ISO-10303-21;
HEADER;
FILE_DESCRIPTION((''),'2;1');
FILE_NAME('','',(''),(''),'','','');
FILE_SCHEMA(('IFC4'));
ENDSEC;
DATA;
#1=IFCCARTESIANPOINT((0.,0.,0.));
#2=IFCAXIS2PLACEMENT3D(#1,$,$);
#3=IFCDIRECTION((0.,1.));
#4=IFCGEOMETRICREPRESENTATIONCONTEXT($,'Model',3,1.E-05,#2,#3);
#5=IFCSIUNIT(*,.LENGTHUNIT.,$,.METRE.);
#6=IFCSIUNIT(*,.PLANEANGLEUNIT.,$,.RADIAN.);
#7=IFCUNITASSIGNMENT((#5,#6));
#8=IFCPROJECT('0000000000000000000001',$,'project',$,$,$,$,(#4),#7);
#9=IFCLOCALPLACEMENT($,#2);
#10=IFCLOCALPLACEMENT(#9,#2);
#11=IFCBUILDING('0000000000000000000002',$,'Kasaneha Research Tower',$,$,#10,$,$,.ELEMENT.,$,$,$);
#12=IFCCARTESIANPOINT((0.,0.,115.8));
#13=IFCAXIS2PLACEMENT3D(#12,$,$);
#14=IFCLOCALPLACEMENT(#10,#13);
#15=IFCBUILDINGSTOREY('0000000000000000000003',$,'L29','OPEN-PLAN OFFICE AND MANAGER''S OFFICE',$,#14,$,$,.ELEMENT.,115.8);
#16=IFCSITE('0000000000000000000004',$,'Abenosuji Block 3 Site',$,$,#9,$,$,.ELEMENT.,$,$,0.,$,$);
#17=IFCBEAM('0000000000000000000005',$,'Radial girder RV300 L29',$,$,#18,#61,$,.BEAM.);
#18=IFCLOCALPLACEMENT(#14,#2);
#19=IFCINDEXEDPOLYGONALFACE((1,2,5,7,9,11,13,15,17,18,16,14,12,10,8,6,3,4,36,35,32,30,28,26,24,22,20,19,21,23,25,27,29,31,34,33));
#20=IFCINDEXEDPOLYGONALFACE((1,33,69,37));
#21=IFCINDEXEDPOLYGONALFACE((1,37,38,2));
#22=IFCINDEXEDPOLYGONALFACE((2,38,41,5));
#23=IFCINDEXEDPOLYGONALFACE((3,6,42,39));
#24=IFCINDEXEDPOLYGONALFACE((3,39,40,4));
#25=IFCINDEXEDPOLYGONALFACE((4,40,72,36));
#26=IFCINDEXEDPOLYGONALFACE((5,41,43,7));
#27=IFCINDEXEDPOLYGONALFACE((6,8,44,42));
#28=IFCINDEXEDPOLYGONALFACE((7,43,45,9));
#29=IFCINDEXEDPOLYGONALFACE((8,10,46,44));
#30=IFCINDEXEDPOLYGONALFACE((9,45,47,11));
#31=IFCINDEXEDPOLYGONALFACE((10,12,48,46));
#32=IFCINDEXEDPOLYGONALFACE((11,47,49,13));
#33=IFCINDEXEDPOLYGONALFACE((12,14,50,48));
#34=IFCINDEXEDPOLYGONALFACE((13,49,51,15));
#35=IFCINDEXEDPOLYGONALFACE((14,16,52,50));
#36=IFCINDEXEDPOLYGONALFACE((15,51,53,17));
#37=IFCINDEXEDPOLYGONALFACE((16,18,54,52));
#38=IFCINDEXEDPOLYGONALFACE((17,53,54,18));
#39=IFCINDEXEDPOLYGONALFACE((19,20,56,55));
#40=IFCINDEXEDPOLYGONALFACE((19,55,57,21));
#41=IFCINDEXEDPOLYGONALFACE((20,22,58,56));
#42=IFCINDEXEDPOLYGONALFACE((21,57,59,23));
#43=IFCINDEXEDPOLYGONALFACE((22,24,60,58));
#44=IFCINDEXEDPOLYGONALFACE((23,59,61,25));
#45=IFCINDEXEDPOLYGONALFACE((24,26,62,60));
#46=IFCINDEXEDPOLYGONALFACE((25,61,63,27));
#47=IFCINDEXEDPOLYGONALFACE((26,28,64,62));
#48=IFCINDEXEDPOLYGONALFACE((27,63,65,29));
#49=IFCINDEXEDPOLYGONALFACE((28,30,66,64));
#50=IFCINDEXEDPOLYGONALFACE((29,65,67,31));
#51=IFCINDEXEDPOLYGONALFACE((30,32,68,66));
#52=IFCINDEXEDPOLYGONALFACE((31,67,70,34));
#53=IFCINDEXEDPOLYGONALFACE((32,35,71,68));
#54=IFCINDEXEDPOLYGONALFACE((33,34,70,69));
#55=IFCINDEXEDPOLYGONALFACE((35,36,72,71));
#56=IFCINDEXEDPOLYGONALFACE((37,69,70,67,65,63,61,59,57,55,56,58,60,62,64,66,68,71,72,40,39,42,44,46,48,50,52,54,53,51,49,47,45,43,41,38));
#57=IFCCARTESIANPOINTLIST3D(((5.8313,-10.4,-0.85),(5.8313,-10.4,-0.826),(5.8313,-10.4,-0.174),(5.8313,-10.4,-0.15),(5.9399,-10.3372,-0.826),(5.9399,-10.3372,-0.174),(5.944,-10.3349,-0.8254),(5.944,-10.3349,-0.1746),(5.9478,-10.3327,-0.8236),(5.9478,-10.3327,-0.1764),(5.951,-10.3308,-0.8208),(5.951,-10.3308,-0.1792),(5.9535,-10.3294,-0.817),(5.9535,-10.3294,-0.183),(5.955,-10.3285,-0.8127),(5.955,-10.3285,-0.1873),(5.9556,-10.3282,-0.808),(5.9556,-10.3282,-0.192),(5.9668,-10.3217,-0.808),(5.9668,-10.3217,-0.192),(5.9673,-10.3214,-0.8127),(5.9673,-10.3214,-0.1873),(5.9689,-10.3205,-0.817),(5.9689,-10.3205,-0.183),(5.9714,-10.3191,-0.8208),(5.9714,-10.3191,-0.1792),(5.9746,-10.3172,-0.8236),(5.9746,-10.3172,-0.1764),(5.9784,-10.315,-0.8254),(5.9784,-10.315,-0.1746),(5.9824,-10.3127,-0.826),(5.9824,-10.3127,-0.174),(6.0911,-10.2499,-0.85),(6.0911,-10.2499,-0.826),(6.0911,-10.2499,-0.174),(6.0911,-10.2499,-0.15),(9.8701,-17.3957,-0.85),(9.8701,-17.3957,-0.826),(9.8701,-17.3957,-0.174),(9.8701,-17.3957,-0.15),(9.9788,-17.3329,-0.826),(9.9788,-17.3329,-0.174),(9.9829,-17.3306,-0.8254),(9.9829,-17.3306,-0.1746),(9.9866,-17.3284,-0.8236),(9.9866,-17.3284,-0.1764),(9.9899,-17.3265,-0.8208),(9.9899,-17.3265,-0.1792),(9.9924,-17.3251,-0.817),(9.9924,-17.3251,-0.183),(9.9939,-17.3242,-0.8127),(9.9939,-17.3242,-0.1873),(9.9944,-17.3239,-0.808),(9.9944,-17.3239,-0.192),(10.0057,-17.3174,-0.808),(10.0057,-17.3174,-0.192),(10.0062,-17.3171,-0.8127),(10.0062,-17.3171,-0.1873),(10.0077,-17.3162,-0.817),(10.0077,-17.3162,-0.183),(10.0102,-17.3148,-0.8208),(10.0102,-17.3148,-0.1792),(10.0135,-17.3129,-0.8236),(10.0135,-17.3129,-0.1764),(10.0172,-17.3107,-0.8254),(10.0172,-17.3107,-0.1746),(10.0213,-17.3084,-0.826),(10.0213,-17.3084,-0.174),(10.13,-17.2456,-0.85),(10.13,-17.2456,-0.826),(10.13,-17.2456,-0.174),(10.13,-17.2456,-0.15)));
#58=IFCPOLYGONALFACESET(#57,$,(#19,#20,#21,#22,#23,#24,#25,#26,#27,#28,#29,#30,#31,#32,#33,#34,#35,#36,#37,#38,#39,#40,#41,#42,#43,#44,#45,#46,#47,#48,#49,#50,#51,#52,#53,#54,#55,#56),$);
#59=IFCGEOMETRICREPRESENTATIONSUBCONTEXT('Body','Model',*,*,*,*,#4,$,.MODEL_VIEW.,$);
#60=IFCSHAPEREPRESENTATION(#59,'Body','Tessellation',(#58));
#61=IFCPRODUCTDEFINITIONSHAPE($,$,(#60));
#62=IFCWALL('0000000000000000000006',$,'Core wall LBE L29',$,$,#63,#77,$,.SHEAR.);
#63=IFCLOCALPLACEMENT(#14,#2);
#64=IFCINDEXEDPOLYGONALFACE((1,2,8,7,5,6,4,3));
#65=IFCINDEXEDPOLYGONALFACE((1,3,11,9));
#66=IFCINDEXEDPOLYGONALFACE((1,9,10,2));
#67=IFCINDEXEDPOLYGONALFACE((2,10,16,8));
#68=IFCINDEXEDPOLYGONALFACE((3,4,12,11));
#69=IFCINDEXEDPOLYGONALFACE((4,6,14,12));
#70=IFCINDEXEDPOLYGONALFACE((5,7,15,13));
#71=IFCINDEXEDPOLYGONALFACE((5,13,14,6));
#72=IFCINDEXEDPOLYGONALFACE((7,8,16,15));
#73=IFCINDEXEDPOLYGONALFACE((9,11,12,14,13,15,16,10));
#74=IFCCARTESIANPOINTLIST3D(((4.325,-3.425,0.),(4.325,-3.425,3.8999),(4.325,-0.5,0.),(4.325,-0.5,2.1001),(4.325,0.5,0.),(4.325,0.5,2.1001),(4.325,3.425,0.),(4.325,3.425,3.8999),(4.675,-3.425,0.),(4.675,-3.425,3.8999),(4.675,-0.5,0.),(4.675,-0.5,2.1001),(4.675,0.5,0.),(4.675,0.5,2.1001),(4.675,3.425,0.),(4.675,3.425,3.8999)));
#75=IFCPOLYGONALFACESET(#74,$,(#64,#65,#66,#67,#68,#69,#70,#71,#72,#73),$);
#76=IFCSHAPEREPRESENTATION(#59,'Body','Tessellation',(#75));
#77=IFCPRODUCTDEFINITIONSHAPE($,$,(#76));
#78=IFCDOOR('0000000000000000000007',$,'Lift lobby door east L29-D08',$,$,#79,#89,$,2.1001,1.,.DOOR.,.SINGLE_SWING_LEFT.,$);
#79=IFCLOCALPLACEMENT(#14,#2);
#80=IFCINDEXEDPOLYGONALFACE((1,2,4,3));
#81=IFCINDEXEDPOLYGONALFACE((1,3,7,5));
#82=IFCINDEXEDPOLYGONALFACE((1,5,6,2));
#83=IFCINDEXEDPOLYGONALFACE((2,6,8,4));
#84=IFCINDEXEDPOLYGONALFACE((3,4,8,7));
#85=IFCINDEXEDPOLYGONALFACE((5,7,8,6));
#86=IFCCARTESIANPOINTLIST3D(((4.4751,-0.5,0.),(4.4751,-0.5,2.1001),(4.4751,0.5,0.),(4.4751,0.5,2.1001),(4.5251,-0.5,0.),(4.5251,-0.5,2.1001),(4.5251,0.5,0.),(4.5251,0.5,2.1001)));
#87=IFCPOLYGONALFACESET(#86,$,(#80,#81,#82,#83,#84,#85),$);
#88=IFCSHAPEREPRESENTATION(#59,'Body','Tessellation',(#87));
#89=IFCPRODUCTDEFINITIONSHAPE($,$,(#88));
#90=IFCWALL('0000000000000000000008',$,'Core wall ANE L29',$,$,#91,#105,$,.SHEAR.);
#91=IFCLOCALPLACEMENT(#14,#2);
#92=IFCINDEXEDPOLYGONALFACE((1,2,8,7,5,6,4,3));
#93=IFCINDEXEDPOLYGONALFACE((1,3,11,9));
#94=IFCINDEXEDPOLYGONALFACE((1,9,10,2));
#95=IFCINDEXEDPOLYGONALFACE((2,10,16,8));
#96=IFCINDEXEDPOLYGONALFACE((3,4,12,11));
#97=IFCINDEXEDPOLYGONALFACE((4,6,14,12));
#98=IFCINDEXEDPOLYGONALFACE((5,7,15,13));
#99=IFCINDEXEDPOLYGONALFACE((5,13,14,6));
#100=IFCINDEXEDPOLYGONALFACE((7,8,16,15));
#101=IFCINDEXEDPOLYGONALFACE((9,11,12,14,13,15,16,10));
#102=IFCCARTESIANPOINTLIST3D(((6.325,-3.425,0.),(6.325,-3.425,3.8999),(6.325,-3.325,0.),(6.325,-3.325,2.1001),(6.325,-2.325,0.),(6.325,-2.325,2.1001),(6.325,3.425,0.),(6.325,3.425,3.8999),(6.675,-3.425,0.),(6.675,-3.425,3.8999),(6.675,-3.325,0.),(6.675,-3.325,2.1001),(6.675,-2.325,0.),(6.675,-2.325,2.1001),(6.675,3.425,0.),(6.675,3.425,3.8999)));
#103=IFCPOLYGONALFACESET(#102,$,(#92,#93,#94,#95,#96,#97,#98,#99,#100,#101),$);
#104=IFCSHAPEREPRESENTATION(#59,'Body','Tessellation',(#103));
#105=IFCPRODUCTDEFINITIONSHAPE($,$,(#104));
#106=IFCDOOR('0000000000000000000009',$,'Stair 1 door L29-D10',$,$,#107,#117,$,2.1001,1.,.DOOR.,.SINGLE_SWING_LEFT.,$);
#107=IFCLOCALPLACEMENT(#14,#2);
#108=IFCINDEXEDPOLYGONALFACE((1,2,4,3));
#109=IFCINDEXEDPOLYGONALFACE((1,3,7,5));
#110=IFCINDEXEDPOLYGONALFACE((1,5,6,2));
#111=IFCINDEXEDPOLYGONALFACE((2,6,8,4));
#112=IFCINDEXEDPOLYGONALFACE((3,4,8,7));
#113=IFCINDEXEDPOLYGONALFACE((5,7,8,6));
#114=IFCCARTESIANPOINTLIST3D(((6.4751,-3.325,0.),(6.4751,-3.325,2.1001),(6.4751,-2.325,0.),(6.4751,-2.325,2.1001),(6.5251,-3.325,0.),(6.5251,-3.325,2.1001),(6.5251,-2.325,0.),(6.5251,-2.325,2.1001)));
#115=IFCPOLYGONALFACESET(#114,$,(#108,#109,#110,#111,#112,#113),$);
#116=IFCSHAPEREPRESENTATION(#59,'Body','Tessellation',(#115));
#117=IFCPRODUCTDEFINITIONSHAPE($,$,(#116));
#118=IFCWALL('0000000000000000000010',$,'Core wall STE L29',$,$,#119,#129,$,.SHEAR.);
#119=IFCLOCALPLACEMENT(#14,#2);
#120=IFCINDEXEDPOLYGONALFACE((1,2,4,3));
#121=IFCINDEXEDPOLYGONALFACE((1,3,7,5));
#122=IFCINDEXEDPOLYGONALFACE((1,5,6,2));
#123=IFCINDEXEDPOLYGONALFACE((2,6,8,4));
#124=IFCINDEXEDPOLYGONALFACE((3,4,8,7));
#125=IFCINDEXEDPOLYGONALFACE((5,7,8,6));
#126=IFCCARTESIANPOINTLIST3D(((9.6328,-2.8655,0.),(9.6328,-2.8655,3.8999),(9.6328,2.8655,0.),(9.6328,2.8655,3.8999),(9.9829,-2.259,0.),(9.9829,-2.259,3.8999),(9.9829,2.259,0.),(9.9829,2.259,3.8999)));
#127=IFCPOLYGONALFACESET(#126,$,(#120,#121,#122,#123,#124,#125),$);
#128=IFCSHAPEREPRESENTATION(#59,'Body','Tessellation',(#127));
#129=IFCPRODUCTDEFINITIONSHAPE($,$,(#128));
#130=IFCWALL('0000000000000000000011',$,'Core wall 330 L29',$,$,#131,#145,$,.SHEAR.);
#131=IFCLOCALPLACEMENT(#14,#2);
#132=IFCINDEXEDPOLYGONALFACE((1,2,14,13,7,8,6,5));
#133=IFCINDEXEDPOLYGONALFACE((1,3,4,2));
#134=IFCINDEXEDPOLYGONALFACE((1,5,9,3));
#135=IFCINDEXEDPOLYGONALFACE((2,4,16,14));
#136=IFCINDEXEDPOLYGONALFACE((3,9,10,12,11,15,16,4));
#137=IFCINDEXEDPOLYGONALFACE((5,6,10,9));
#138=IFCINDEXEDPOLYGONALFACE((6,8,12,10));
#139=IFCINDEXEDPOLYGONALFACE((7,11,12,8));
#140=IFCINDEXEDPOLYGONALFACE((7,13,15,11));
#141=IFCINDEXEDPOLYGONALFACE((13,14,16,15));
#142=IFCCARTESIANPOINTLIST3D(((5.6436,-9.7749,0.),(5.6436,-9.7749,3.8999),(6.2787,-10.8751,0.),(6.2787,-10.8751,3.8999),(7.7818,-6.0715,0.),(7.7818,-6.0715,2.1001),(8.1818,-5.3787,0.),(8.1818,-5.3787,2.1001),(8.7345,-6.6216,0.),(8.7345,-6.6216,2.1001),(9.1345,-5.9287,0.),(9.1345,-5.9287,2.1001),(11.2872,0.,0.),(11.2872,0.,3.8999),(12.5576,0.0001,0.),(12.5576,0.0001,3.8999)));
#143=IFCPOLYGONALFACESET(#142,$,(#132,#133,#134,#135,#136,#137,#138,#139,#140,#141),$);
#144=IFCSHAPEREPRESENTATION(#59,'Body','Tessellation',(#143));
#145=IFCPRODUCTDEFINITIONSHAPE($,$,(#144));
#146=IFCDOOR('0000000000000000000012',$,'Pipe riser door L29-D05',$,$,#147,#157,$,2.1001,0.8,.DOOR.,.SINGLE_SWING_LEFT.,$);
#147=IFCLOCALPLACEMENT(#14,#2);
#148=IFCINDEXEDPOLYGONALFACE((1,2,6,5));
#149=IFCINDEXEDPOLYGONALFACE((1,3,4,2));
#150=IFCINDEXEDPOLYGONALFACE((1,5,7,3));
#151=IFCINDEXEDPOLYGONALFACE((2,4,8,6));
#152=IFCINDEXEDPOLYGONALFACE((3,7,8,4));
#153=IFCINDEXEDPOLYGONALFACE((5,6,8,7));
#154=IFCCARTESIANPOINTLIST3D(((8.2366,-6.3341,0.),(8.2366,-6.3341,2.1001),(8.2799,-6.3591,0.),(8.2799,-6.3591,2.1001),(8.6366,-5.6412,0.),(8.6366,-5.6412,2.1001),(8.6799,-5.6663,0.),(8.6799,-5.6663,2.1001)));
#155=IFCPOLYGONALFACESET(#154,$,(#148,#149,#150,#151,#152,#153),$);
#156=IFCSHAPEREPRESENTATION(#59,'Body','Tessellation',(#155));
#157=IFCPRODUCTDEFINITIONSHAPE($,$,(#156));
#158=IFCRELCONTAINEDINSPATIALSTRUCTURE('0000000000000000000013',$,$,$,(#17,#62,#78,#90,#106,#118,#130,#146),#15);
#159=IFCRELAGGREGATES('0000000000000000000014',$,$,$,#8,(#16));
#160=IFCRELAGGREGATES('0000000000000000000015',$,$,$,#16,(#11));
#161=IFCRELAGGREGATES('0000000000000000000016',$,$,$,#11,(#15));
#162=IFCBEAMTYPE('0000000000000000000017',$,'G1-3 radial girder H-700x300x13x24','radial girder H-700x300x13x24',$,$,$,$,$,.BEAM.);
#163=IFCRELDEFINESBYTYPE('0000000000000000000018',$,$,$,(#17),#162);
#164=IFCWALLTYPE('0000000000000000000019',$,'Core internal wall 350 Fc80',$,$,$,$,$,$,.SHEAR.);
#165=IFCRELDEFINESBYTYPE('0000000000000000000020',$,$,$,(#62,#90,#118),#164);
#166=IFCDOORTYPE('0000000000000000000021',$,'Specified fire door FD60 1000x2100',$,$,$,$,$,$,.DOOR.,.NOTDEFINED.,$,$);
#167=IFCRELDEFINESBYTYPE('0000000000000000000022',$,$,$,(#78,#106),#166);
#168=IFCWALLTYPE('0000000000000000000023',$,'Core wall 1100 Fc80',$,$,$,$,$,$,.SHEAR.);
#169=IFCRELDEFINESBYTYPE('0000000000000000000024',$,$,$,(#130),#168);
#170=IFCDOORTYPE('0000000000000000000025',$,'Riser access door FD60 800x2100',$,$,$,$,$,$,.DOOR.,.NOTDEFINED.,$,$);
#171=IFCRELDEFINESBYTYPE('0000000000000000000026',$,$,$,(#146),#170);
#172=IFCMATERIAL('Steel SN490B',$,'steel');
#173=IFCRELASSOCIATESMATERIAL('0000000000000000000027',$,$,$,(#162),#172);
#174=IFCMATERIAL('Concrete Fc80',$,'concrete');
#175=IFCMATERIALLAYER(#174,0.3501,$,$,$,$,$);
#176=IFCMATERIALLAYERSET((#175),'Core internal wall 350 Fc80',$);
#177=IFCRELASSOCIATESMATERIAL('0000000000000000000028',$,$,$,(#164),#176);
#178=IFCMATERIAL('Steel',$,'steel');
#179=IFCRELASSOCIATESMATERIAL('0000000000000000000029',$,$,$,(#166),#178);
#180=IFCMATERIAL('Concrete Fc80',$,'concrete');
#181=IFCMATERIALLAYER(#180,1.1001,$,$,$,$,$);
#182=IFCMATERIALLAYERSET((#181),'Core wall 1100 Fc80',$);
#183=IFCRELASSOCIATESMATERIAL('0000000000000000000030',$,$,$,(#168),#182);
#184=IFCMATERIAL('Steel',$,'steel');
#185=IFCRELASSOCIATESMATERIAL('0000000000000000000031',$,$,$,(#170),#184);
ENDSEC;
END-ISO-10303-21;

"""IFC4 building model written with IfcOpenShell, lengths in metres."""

from ifc_helpers import new_model, si_unit, direction, frame, frame_2d, origin, origin_2d, place, context, subcontext, project, spatial, polyline, rectangle, i_section, outline, extrude, material, layer, layer_set, material_profile, profile_set, type_object, element, fill, save


model = new_model("IFC4")

# Units and contexts
model_context = context("Model", 3, precision=1e-05, world=origin(), true_north=direction((0.0, 1.0)))
body_context = subcontext(model_context, "Body", "Model", "MODEL_VIEW")
ifc_project = project(units=[si_unit("LENGTHUNIT", "METRE"), si_unit("PLANEANGLEUNIT", "RADIAN")], contexts=[model_context])

# Site, building, storey
site_placement = place(None, origin())
site = spatial("IfcSite", under=ifc_project, at=site_placement, Name="Abenosuji Block 3 Site", CompositionType="ELEMENT", RefElevation=0.0)
building_placement = place(site_placement, origin())
building = spatial("IfcBuilding", under=site, at=building_placement, Name="Kasaneha Research Tower", CompositionType="ELEMENT")
storey_placement = place(building_placement, frame((0.0, 0.0, 115.8)))
storey = spatial("IfcBuildingStorey", under=building, at=storey_placement, Name="L29", Description="OPEN-PLAN OFFICE AND MANAGER'S OFFICE", CompositionType="ELEMENT", Elevation=115.8)

# Beam
ifc_material_1 = material(Name="Steel SN490B", Category="steel")
ifc_material_profile_1 = material_profile(ifc_material_1, i_section(OverallWidth=0.3, OverallDepth=0.7, WebThickness=0.0129, FlangeThickness=0.0239, FilletRadius=0.0181, at=origin_2d()), Name="H-700x300x13x24")
ifc_profile_set_1 = profile_set([ifc_material_profile_1], Name="Steel SN490B")
beam_type_1 = type_object("IfcBeamType", Name="G1-3 radial girder H-700x300x13x24", Description="radial girder H-700x300x13x24", PredefinedType="BEAM", material=ifc_profile_set_1)
beam_1_placement = place(storey_placement, frame((5.9612, -10.325, -0.5), z_axis=(0.499991, -0.866031, 0.0), x_axis=(0.866031, 0.499991, 0.0)))
element("IfcBeam", 1, at=beam_1_placement, inside=storey, type_object=beam_type_1, Name="Radial girder RV300 L29", PredefinedType="BEAM", context=body_context, shape_type="SweptSolid", body=[
    extrude(i_section(OverallWidth=0.3, OverallDepth=0.7, WebThickness=0.0129, FlangeThickness=0.0239, FilletRadius=0.0181, at=origin_2d()), origin(), (0.0, 0.0, 1.0), 8.0779),
])

# Walls, openings, doors
ifc_material_2 = material(Name="Concrete Fc80", Category="concrete")
ifc_layer_1 = layer(ifc_material_2, 0.3501)
ifc_layer_set_1 = layer_set([ifc_layer_1], Name="Core internal wall 350 Fc80")
wall_type_1 = type_object("IfcWallType", Name="Core internal wall 350 Fc80", PredefinedType="SHEAR", material=ifc_layer_set_1)
wall_1_placement = place(storey_placement, frame((4.5, -3.425, 0.0), z_axis=(0.0, 0.0, 1.0), x_axis=(0.0, 1.0, 0.0)))
wall_1 = element("IfcWall", 2, at=wall_1_placement, inside=storey, type_object=wall_type_1, Name="Core wall LBE L29", PredefinedType="SHEAR", context=body_context, shape_type="SweptSolid", body=[
    extrude(rectangle(XDim=6.8501, YDim=0.3501, at=frame_2d((3.425, 0.0))), origin(), (0.0, 0.0, 1.0), 3.8999),
])
opening_1_placement = place(wall_1_placement, frame((2.925, 0.0, 0.0)))
opening_1 = element("IfcOpeningElement", 3, at=opening_1_placement, cuts=wall_1, PredefinedType="OPENING", context=body_context, shape_type="SweptSolid", body=[
    extrude(rectangle(XDim=1.0, YDim=2.1001, at=frame_2d((0.5, 1.05))), frame((0.0, 0.1851, 0.0), z_axis=(0.0, -1.0, 0.0), x_axis=(1.0, 0.0, 0.0)), (0.0, 0.0, 1.0), 0.3701),
])
ifc_material_3 = material(Name="Steel", Category="steel")
door_type_1 = type_object("IfcDoorType", Name="Specified fire door FD60 1000x2100", OperationType="NOTDEFINED", PredefinedType="DOOR", material=ifc_material_3)
door_1_placement = place(opening_1_placement, origin())
door_1 = element("IfcDoor", 4, at=door_1_placement, inside=storey, type_object=door_type_1, Name="Lift lobby door east L29-D08", OperationType="SINGLE_SWING_LEFT", OverallHeight=2.1001, OverallWidth=1.0, PredefinedType="DOOR", context=body_context, shape_type="SweptSolid", body=[
    extrude(rectangle(XDim=1.0, YDim=2.1001, at=frame_2d((0.5, 1.05))), frame((0.0, 0.0249, 0.0), z_axis=(0.0, -1.0, 0.0), x_axis=(1.0, 0.0, 0.0)), (0.0, 0.0, 1.0), 0.05),
])
fill(opening_1, door_1)
wall_2_placement = place(storey_placement, frame((6.5, -3.425, 0.0), z_axis=(0.0, 0.0, 1.0), x_axis=(0.0, 1.0, 0.0)))
wall_2 = element("IfcWall", 5, at=wall_2_placement, inside=storey, type_object=wall_type_1, Name="Core wall ANE L29", PredefinedType="SHEAR", context=body_context, shape_type="SweptSolid", body=[
    extrude(rectangle(XDim=6.8501, YDim=0.3501, at=frame_2d((3.425, 0.0))), origin(), (0.0, 0.0, 1.0), 3.8999),
])
opening_2_placement = place(wall_2_placement, frame((0.1001, 0.0, 0.0)))
opening_2 = element("IfcOpeningElement", 6, at=opening_2_placement, cuts=wall_2, PredefinedType="OPENING", context=body_context, shape_type="SweptSolid", body=[
    extrude(rectangle(XDim=1.0, YDim=2.1001, at=frame_2d((0.5, 1.05))), frame((0.0, 0.1851, 0.0), z_axis=(0.0, -1.0, 0.0), x_axis=(1.0, 0.0, 0.0)), (0.0, 0.0, 1.0), 0.3701),
])
door_2_placement = place(opening_2_placement, origin())
door_2 = element("IfcDoor", 7, at=door_2_placement, inside=storey, type_object=door_type_1, Name="Stair 1 door L29-D10", OperationType="SINGLE_SWING_LEFT", OverallHeight=2.1001, OverallWidth=1.0, PredefinedType="DOOR", context=body_context, shape_type="SweptSolid", body=[
    extrude(rectangle(XDim=1.0, YDim=2.1001, at=frame_2d((0.5, 1.05))), frame((0.0, 0.0249, 0.0), z_axis=(0.0, -1.0, 0.0), x_axis=(1.0, 0.0, 0.0)), (0.0, 0.0, 1.0), 0.05),
])
fill(opening_2, door_2)

# Wall
wall_3_placement = place(storey_placement, frame((9.8079, -2.5623, 0.0), z_axis=(0.0, 0.0, 1.0), x_axis=(0.0, 1.0, 0.0)))
element("IfcWall", 8, at=wall_3_placement, inside=storey, type_object=wall_type_1, Name="Core wall STE L29", PredefinedType="SHEAR", context=body_context, shape_type="SweptSolid", body=[
    extrude(outline(polyline([(0.3032, -0.175), (4.8213, -0.175), (5.4277, 0.175), (-0.3032, 0.175), (0.3032, -0.175)])), origin(), (0.0, 0.0, 1.0), 3.8999),
])

# Wall, opening, door
ifc_material_4 = material(Name="Concrete Fc80", Category="concrete")
ifc_layer_2 = layer(ifc_material_4, 1.1001)
ifc_layer_set_2 = layer_set([ifc_layer_2], Name="Core wall 1100 Fc80")
wall_type_2 = type_object("IfcWallType", Name="Core wall 1100 Fc80", PredefinedType="SHEAR", material=ifc_layer_set_2)
wall_4_placement = place(storey_placement, frame((5.9612, -10.325, 0.0), z_axis=(0.0, 0.0, 1.0), x_axis=(0.500004, 0.866023, 0.0)))
wall_4 = element("IfcWall", 9, at=wall_4_placement, inside=storey, type_object=wall_type_2, Name="Core wall 330 L29", PredefinedType="SHEAR", context=body_context, shape_type="SweptSolid", body=[
    extrude(outline(polyline([(-0.3176, -0.55), (4.594, -0.55), (5.394, -0.55), (12.24, -0.55), (11.6047, 0.55), (5.394, 0.55), (4.594, 0.55), (0.3176, 0.55), (-0.3176, -0.55)])), origin(), (0.0, 0.0, 1.0), 3.8999),
])
opening_3_placement = place(wall_4_placement, frame((4.594, 0.0, 0.0)))
opening_3 = element("IfcOpeningElement", 10, at=opening_3_placement, cuts=wall_4, PredefinedType="OPENING", context=body_context, shape_type="SweptSolid", body=[
    extrude(rectangle(XDim=0.8, YDim=2.1001, at=frame_2d((0.3999, 1.05))), frame((0.0, 0.5601, 0.0), z_axis=(0.0, -1.0, 0.0), x_axis=(1.0, 0.0, 0.0)), (0.0, 0.0, 1.0), 1.1201),
])
ifc_material_5 = material(Name="Steel", Category="steel")
door_type_2 = type_object("IfcDoorType", Name="Riser access door FD60 800x2100", OperationType="NOTDEFINED", PredefinedType="DOOR", material=ifc_material_5)
door_3_placement = place(opening_3_placement, origin())
door_3 = element("IfcDoor", 11, at=door_3_placement, inside=storey, type_object=door_type_2, Name="Pipe riser door L29-D05", OperationType="SINGLE_SWING_LEFT", OverallHeight=2.1001, OverallWidth=0.8, PredefinedType="DOOR", context=body_context, shape_type="SweptSolid", body=[
    extrude(rectangle(XDim=0.8, YDim=2.1001, at=frame_2d((0.3999, 1.05))), frame((0.0, 0.0249, 0.0), z_axis=(0.0, -1.0, 0.0), x_axis=(1.0, 0.0, 0.0)), (0.0, 0.0, 1.0), 0.05),
])
fill(opening_3, door_3)

save(model, "model.ifc")
